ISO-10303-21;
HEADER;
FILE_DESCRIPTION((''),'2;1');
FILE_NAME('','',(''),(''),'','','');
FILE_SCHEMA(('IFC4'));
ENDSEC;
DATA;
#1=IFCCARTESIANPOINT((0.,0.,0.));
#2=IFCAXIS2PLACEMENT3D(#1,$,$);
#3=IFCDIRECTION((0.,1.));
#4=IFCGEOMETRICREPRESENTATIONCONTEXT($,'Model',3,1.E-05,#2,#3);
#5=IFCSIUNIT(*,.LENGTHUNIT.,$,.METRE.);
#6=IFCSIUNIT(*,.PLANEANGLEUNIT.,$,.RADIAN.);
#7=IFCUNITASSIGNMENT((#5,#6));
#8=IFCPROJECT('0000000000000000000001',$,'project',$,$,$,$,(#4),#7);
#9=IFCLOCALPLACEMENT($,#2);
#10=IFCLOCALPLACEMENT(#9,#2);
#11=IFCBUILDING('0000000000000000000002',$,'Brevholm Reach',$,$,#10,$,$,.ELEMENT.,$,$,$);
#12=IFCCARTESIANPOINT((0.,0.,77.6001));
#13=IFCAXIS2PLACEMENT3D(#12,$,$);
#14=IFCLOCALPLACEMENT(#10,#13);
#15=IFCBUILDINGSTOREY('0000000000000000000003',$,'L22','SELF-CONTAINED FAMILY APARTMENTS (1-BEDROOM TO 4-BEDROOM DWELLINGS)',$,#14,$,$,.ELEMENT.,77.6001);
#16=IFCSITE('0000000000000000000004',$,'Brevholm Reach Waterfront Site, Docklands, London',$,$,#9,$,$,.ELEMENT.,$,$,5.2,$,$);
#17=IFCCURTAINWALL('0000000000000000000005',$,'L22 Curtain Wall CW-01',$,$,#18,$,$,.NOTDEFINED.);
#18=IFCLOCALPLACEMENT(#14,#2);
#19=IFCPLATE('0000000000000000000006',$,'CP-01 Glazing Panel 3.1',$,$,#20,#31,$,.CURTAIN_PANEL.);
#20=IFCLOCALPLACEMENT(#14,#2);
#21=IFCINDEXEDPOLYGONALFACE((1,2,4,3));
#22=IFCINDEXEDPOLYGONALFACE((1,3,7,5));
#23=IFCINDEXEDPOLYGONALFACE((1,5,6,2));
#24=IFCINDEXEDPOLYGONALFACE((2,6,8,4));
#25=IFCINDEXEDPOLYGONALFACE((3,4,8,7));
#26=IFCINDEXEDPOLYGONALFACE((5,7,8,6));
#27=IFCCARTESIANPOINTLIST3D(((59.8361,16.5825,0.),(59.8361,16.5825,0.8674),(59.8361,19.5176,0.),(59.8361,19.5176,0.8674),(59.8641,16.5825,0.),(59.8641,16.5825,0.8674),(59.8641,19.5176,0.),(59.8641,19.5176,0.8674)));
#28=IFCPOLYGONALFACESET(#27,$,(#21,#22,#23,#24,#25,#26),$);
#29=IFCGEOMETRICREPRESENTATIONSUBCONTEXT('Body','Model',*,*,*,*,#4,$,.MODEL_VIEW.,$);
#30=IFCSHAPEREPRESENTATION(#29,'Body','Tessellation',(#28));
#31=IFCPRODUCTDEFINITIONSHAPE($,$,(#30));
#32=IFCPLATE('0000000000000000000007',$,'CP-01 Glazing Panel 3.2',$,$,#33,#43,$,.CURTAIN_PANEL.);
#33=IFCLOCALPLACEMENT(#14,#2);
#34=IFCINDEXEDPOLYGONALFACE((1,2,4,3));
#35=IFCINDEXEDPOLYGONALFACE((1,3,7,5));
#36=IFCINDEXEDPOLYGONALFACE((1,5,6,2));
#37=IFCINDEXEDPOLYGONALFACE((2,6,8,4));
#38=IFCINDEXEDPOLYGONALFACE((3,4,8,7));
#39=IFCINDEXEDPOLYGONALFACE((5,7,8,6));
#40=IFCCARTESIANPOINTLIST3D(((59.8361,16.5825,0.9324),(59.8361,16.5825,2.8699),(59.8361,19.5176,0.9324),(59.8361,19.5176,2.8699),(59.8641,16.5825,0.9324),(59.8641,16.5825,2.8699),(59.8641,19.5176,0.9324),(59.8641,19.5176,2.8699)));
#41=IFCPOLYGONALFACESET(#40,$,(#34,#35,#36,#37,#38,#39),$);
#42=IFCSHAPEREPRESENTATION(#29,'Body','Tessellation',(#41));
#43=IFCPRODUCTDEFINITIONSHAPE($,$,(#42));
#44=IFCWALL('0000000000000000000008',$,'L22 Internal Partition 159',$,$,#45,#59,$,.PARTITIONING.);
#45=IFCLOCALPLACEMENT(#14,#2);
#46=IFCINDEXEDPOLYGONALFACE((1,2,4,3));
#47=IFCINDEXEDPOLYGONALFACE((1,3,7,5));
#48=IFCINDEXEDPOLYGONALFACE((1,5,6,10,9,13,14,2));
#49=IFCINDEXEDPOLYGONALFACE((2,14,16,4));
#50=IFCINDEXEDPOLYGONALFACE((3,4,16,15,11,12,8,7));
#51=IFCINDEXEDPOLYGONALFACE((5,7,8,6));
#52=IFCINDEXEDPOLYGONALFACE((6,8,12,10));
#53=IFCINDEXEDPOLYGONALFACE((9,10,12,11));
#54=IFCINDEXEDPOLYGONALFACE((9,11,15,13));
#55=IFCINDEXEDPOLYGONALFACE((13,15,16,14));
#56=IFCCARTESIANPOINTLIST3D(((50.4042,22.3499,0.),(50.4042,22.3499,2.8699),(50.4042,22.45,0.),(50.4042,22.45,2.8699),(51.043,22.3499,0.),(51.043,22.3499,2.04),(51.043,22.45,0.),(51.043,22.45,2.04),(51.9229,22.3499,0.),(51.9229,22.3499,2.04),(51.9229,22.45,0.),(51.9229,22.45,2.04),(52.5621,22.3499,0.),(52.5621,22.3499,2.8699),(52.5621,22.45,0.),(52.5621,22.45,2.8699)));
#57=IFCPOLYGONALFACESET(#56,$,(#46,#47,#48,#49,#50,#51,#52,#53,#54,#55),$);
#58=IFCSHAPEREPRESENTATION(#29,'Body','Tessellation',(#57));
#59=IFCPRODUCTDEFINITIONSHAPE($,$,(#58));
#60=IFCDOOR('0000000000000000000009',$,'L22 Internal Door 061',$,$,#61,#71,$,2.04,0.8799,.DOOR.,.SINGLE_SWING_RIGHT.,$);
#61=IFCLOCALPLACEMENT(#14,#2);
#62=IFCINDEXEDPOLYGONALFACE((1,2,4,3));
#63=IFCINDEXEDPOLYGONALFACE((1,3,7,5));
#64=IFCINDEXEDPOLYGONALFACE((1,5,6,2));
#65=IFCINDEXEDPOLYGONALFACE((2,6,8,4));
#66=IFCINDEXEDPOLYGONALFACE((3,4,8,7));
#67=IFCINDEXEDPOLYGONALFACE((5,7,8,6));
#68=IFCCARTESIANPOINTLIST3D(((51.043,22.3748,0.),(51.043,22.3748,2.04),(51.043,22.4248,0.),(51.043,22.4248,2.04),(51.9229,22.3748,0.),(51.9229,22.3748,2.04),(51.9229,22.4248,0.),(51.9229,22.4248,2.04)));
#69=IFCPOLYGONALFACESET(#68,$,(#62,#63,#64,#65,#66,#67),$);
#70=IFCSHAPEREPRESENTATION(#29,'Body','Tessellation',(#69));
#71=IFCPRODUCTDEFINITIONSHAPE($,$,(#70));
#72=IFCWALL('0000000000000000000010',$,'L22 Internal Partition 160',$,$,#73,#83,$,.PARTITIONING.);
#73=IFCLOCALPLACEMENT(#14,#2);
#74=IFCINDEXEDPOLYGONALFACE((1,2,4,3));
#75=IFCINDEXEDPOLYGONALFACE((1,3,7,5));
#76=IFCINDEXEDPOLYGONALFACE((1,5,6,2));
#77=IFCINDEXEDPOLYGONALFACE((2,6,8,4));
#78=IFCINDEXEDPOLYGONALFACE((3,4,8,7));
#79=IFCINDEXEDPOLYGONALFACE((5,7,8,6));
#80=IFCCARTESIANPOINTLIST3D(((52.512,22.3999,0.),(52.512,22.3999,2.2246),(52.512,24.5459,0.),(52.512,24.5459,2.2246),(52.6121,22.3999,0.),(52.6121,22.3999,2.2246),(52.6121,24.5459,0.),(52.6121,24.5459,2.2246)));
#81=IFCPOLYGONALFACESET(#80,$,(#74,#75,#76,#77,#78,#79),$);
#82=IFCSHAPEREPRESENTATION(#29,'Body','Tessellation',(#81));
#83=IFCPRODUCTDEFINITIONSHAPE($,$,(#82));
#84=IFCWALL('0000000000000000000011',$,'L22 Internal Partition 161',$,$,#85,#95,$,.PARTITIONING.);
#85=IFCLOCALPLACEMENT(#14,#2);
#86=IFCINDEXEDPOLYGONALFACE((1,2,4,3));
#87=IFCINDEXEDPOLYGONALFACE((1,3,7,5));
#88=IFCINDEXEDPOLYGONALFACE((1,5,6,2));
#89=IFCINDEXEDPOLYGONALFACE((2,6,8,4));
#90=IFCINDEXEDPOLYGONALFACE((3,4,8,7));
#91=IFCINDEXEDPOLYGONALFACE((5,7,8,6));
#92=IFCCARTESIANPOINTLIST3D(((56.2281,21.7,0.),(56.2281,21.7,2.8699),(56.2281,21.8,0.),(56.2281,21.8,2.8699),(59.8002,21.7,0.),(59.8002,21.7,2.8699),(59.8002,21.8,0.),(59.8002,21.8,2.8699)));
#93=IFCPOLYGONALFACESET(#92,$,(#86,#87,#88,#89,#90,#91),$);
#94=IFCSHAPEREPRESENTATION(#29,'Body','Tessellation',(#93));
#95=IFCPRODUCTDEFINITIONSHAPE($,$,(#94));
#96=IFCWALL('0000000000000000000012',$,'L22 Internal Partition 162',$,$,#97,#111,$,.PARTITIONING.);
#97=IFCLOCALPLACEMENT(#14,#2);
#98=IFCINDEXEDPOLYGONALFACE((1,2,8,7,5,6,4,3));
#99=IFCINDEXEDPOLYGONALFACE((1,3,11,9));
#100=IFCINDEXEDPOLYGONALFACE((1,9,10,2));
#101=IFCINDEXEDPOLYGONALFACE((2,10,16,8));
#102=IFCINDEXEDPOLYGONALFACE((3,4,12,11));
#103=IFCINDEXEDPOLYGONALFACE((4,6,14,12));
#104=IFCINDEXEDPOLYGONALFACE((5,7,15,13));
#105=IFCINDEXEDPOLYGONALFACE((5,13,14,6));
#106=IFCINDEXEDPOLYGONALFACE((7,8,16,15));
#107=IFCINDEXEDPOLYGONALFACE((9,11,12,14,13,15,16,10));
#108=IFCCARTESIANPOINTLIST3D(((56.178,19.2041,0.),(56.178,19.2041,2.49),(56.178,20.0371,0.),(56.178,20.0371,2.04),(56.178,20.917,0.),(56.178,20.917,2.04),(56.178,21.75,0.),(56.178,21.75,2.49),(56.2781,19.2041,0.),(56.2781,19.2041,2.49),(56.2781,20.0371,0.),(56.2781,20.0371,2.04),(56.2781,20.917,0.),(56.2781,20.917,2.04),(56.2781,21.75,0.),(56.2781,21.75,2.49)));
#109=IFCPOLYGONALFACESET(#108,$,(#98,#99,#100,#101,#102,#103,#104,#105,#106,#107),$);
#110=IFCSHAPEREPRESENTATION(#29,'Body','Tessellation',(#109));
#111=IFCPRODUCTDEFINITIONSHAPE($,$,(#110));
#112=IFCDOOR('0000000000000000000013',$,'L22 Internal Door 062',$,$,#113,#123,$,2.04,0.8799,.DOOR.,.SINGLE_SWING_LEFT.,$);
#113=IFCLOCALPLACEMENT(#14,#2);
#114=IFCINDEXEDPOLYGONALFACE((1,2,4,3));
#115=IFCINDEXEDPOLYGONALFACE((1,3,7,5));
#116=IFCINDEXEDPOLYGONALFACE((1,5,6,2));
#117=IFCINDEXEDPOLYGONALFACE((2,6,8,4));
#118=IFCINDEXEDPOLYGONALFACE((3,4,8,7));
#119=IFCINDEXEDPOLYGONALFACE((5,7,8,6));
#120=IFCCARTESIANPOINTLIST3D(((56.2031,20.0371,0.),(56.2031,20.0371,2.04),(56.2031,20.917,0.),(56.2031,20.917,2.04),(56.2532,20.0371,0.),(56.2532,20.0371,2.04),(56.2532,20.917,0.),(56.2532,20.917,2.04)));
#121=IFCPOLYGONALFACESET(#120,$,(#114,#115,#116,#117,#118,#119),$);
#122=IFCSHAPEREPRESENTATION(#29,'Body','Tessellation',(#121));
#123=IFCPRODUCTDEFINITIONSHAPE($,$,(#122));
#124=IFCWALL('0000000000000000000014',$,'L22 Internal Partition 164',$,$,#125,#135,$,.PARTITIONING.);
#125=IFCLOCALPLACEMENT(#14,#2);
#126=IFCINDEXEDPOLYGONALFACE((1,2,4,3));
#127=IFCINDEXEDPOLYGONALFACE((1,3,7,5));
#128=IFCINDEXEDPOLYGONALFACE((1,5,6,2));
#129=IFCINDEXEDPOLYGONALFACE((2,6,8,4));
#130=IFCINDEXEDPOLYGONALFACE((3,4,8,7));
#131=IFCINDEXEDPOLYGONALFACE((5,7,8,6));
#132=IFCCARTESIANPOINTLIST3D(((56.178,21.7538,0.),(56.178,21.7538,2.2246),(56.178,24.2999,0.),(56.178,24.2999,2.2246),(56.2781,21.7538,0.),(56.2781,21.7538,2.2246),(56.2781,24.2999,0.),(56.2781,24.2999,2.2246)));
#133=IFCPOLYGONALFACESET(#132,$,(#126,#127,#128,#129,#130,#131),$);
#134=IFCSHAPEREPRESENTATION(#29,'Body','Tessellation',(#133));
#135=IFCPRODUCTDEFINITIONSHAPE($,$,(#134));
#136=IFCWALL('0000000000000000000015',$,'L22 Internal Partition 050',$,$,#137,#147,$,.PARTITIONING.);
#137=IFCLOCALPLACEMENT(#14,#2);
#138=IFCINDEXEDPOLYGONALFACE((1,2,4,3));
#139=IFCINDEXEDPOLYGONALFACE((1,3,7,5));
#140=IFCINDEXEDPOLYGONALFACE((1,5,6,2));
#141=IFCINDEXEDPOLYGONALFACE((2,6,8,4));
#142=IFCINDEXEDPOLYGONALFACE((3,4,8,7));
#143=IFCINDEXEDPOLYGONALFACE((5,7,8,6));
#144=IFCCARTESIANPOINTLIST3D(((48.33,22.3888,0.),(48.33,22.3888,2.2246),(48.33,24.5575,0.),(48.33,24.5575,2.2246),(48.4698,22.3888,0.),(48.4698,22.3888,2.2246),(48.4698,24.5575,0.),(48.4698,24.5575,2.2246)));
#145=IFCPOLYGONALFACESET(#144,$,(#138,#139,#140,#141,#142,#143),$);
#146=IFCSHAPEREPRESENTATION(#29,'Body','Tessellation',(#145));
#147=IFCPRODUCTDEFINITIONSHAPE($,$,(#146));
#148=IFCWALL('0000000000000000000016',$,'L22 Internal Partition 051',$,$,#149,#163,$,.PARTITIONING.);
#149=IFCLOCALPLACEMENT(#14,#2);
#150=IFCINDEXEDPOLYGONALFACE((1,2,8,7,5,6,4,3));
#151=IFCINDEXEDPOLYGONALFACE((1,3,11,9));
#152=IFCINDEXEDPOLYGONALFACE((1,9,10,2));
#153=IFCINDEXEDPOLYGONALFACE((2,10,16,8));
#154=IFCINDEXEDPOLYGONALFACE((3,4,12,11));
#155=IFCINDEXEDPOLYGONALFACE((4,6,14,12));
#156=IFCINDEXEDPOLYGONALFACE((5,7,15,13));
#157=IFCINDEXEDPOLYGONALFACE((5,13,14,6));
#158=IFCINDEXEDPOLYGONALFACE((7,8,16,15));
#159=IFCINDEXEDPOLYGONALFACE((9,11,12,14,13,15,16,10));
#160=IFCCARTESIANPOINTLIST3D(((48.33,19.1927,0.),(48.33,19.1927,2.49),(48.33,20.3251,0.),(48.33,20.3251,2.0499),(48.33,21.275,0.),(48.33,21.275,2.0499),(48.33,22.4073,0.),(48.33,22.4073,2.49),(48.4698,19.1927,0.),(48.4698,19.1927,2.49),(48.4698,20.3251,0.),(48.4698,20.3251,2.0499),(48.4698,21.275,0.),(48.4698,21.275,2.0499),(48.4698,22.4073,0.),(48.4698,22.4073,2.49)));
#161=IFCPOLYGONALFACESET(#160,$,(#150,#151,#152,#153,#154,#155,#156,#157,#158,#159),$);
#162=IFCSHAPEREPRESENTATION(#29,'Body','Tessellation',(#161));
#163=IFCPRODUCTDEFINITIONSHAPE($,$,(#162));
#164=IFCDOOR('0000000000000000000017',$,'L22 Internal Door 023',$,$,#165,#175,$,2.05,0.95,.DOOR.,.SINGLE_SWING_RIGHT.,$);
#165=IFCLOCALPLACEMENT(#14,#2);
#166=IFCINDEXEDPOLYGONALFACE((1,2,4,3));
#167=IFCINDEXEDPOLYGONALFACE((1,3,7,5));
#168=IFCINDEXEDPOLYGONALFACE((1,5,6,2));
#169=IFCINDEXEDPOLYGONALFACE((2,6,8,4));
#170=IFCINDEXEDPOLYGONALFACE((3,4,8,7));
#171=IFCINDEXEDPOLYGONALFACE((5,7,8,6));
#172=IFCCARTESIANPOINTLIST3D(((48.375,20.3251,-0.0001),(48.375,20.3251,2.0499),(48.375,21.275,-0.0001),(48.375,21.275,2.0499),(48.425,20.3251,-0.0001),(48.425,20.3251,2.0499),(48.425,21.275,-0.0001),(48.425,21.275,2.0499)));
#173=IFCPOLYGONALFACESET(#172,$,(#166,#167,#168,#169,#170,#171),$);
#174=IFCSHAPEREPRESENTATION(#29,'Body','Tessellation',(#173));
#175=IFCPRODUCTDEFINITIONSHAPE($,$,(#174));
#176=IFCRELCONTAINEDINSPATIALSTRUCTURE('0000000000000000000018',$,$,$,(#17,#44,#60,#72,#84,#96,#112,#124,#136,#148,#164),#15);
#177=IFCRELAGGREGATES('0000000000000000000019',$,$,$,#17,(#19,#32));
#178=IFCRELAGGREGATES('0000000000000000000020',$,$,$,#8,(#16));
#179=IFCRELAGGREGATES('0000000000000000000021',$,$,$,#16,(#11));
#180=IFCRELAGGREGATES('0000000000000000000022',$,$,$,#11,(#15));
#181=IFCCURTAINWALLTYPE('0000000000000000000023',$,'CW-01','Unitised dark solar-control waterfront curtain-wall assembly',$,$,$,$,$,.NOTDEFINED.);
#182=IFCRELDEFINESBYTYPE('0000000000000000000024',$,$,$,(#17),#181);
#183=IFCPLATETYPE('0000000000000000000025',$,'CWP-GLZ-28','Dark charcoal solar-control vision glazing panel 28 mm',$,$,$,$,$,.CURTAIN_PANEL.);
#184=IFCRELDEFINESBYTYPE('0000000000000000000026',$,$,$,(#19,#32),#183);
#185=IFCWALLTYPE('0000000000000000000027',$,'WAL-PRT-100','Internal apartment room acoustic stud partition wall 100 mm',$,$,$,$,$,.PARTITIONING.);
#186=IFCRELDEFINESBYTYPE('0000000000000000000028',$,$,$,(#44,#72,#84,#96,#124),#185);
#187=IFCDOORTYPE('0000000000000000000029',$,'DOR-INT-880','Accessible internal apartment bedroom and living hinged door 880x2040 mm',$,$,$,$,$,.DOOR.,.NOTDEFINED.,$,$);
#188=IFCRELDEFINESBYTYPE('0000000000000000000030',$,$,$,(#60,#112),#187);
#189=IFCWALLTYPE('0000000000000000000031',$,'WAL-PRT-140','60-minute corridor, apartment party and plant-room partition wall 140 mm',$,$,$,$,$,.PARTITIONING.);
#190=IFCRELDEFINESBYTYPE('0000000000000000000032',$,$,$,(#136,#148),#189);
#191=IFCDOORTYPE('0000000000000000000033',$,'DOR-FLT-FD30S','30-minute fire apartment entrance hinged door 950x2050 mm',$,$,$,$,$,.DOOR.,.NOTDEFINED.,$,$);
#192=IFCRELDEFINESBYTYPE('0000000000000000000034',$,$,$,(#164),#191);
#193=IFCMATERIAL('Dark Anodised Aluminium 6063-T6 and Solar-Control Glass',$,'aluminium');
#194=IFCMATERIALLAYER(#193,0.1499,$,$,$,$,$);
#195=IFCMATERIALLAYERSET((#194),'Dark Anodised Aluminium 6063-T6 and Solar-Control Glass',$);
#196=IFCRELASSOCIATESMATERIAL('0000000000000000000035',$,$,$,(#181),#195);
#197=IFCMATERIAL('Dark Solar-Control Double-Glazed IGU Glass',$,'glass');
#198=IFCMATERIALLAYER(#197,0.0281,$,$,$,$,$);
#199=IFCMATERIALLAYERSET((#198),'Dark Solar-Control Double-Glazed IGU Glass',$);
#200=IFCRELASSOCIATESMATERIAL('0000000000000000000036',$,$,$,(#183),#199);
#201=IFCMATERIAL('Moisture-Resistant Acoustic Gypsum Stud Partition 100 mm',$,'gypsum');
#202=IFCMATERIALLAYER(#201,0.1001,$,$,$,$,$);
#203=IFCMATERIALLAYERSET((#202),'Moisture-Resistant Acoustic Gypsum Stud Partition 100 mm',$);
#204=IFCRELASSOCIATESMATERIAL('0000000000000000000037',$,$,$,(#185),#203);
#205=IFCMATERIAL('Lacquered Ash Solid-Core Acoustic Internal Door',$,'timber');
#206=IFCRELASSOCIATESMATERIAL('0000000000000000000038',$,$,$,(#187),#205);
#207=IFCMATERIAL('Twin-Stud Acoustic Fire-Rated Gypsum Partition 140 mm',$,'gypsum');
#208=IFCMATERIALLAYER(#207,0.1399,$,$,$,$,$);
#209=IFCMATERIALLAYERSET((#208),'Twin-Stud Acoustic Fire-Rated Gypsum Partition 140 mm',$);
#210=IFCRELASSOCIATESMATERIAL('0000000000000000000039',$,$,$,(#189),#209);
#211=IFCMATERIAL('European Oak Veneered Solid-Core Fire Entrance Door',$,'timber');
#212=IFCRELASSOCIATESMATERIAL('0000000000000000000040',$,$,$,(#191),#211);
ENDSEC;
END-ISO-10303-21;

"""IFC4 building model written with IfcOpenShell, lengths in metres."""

from ifc_helpers import new_model, si_unit, direction, frame, frame_2d, origin, origin_2d, place, context, subcontext, project, spatial, rectangle, extrude, material, layer, layer_set, type_object, element, fill, aggregate, save


model = new_model("IFC4")

# Units and contexts
model_context = context("Model", 3, precision=1e-05, world=origin(), true_north=direction((0.0, 1.0)))
body_context = subcontext(model_context, "Body", "Model", "MODEL_VIEW")
ifc_project = project(units=[si_unit("LENGTHUNIT", "METRE"), si_unit("PLANEANGLEUNIT", "RADIAN")], contexts=[model_context])

# Site, building, storey
site_placement = place(None, origin())
site = spatial("IfcSite", under=ifc_project, at=site_placement, Name="Brevholm Reach Waterfront Site, Docklands, London", CompositionType="ELEMENT", RefElevation=5.2)
building_placement = place(site_placement, origin())
building = spatial("IfcBuilding", under=site, at=building_placement, Name="Brevholm Reach", CompositionType="ELEMENT")
storey_placement = place(building_placement, frame((0.0, 0.0, 77.6001)))
storey = spatial("IfcBuildingStorey", under=building, at=storey_placement, Name="L22", Description="SELF-CONTAINED FAMILY APARTMENTS (1-BEDROOM TO 4-BEDROOM DWELLINGS)", CompositionType="ELEMENT", Elevation=77.6001)

# Curtain wall, plates
ifc_material_1 = material(Name="Dark Anodised Aluminium 6063-T6 and Solar-Control Glass", Category="aluminium")
ifc_layer_1 = layer(ifc_material_1, 0.1499)
ifc_layer_set_1 = layer_set([ifc_layer_1], Name="Dark Anodised Aluminium 6063-T6 and Solar-Control Glass")
curtain_wall_type = type_object("IfcCurtainWallType", Name="CW-01", Description="Unitised dark solar-control waterfront curtain-wall assembly", PredefinedType="NOTDEFINED", material=ifc_layer_set_1)
curtain_wall_placement = place(storey_placement, origin())
curtain_wall = element("IfcCurtainWall", 1, at=curtain_wall_placement, inside=storey, type_object=curtain_wall_type, Name="L22 Curtain Wall CW-01", PredefinedType="NOTDEFINED")
ifc_material_2 = material(Name="Dark Solar-Control Double-Glazed IGU Glass", Category="glass")
ifc_layer_2 = layer(ifc_material_2, 0.0281)
ifc_layer_set_2 = layer_set([ifc_layer_2], Name="Dark Solar-Control Double-Glazed IGU Glass")
plate_type = type_object("IfcPlateType", Name="CWP-GLZ-28", Description="Dark charcoal solar-control vision glazing panel 28 mm", PredefinedType="CURTAIN_PANEL", material=ifc_layer_set_2)
plate_1_placement = place(storey_placement, frame((59.8501, 18.05, 0.0), z_axis=(0.0, 0.0, 1.0), x_axis=(0.0, 1.0, 0.0)))
plate_1 = element("IfcPlate", 2, at=plate_1_placement, type_object=plate_type, Name="CP-01 Glazing Panel 3.1", PredefinedType="CURTAIN_PANEL", context=body_context, shape_type="SweptSolid", body=[
    extrude(rectangle(XDim=2.9351, YDim=0.0281, at=origin_2d()), origin(), (0.0, 0.0, 1.0), 0.8674),
])
plate_2_placement = place(storey_placement, frame((59.8501, 18.05, 0.9324), z_axis=(0.0, 0.0, 1.0), x_axis=(0.0, 1.0, 0.0)))
plate_2 = element("IfcPlate", 3, at=plate_2_placement, type_object=plate_type, Name="CP-01 Glazing Panel 3.2", PredefinedType="CURTAIN_PANEL", context=body_context, shape_type="SweptSolid", body=[
    extrude(rectangle(XDim=2.9351, YDim=0.0281, at=origin_2d()), origin(), (0.0, 0.0, 1.0), 1.9375),
])
aggregate(curtain_wall, [plate_1, plate_2])

# Wall, opening, door
ifc_material_3 = material(Name="Moisture-Resistant Acoustic Gypsum Stud Partition 100 mm", Category="gypsum")
ifc_layer_3 = layer(ifc_material_3, 0.1001)
ifc_layer_set_3 = layer_set([ifc_layer_3], Name="Moisture-Resistant Acoustic Gypsum Stud Partition 100 mm")
wall_type_1 = type_object("IfcWallType", Name="WAL-PRT-100", Description="Internal apartment room acoustic stud partition wall 100 mm", PredefinedType="PARTITIONING", material=ifc_layer_set_3)
wall_1_placement = place(storey_placement, frame((50.4041, 22.3999, 0.0), z_axis=(0.0, 0.0, 1.0), x_axis=(1.0, 0.0, 0.0)))
wall_1 = element("IfcWall", 4, at=wall_1_placement, inside=storey, type_object=wall_type_1, Name="L22 Internal Partition 159", PredefinedType="PARTITIONING", context=body_context, shape_type="SweptSolid", body=[
    extrude(rectangle(XDim=2.158, YDim=0.1001, at=frame_2d((1.0791, 0.0))), origin(), (0.0, 0.0, 1.0), 2.8699),
])
opening_1_placement = place(wall_1_placement, frame((0.6389, 0.0, 0.0)))
opening_1 = element("IfcOpeningElement", 5, at=opening_1_placement, cuts=wall_1, PredefinedType="OPENING", context=body_context, shape_type="SweptSolid", body=[
    extrude(rectangle(XDim=0.8799, YDim=2.04, at=frame_2d((0.4399, 1.02))), frame((0.0, 0.0601, 0.0), z_axis=(0.0, -1.0, 0.0), x_axis=(1.0, 0.0, 0.0)), (0.0, 0.0, 1.0), 0.1201),
])
ifc_material_4 = material(Name="Lacquered Ash Solid-Core Acoustic Internal Door", Category="timber")
door_type_1 = type_object("IfcDoorType", Name="DOR-INT-880", Description="Accessible internal apartment bedroom and living hinged door 880x2040 mm", OperationType="NOTDEFINED", PredefinedType="DOOR", material=ifc_material_4)
door_1_placement = place(opening_1_placement, origin())
door_1 = element("IfcDoor", 6, at=door_1_placement, inside=storey, type_object=door_type_1, Name="L22 Internal Door 061", OperationType="SINGLE_SWING_RIGHT", OverallHeight=2.04, OverallWidth=0.8799, PredefinedType="DOOR", context=body_context, shape_type="SweptSolid", body=[
    extrude(rectangle(XDim=0.8799, YDim=2.04, at=frame_2d((0.4399, 1.02))), frame((0.0, 0.0249, 0.0), z_axis=(0.0, -1.0, 0.0), x_axis=(1.0, 0.0, 0.0)), (0.0, 0.0, 1.0), 0.05),
])
fill(opening_1, door_1)

# Walls
wall_2_placement = place(storey_placement, frame((52.562, 22.3999, 0.0), z_axis=(0.0, 0.0, 1.0), x_axis=(0.0, 1.0, 0.0)))
element("IfcWall", 7, at=wall_2_placement, inside=storey, type_object=wall_type_1, Name="L22 Internal Partition 160", PredefinedType="PARTITIONING", context=body_context, shape_type="SweptSolid", body=[
    extrude(rectangle(XDim=2.146, YDim=0.1001, at=frame_2d((1.073, 0.0))), origin(), (0.0, 0.0, 1.0), 2.2246),
])
wall_3_placement = place(storey_placement, frame((56.228, 21.75, 0.0), z_axis=(0.0, 0.0, 1.0), x_axis=(1.0, 0.0, 0.0)))
element("IfcWall", 8, at=wall_3_placement, inside=storey, type_object=wall_type_1, Name="L22 Internal Partition 161", PredefinedType="PARTITIONING", context=body_context, shape_type="SweptSolid", body=[
    extrude(rectangle(XDim=3.572, YDim=0.1001, at=frame_2d((1.7861, 0.0))), origin(), (0.0, 0.0, 1.0), 2.8699),
])

# Wall, opening, door
wall_4_placement = place(storey_placement, frame((56.228, 19.2041, 0.0), z_axis=(0.0, 0.0, 1.0), x_axis=(0.0, 1.0, 0.0)))
wall_4 = element("IfcWall", 9, at=wall_4_placement, inside=storey, type_object=wall_type_1, Name="L22 Internal Partition 162", PredefinedType="PARTITIONING", context=body_context, shape_type="SweptSolid", body=[
    extrude(rectangle(XDim=2.5459, YDim=0.1001, at=frame_2d((1.2729, 0.0))), origin(), (0.0, 0.0, 1.0), 2.49),
])
opening_2_placement = place(wall_4_placement, frame((0.833, 0.0, 0.0)))
opening_2 = element("IfcOpeningElement", 10, at=opening_2_placement, cuts=wall_4, PredefinedType="OPENING", context=body_context, shape_type="SweptSolid", body=[
    extrude(rectangle(XDim=0.8799, YDim=2.04, at=frame_2d((0.4399, 1.02))), frame((0.0, 0.0601, 0.0), z_axis=(0.0, -1.0, 0.0), x_axis=(1.0, 0.0, 0.0)), (0.0, 0.0, 1.0), 0.1201),
])
door_2_placement = place(opening_2_placement, origin())
door_2 = element("IfcDoor", 11, at=door_2_placement, inside=storey, type_object=door_type_1, Name="L22 Internal Door 062", OperationType="SINGLE_SWING_LEFT", OverallHeight=2.04, OverallWidth=0.8799, PredefinedType="DOOR", context=body_context, shape_type="SweptSolid", body=[
    extrude(rectangle(XDim=0.8799, YDim=2.04, at=frame_2d((0.4399, 1.02))), frame((0.0, 0.0249, 0.0), z_axis=(0.0, -1.0, 0.0), x_axis=(1.0, 0.0, 0.0)), (0.0, 0.0, 1.0), 0.05),
])
fill(opening_2, door_2)

# Walls
wall_5_placement = place(storey_placement, frame((56.228, 21.7539, 0.0), z_axis=(0.0, 0.0, 1.0), x_axis=(0.0, 1.0, 0.0)))
element("IfcWall", 12, at=wall_5_placement, inside=storey, type_object=wall_type_1, Name="L22 Internal Partition 164", PredefinedType="PARTITIONING", context=body_context, shape_type="SweptSolid", body=[
    extrude(rectangle(XDim=2.5461, YDim=0.1001, at=frame_2d((1.2729, 0.0))), origin(), (0.0, 0.0, 1.0), 2.2246),
])
ifc_material_5 = material(Name="Twin-Stud Acoustic Fire-Rated Gypsum Partition 140 mm", Category="gypsum")
ifc_layer_4 = layer(ifc_material_5, 0.1399)
ifc_layer_set_4 = layer_set([ifc_layer_4], Name="Twin-Stud Acoustic Fire-Rated Gypsum Partition 140 mm")
wall_type_2 = type_object("IfcWallType", Name="WAL-PRT-140", Description="60-minute corridor, apartment party and plant-room partition wall 140 mm", PredefinedType="PARTITIONING", material=ifc_layer_set_4)
wall_6_placement = place(storey_placement, frame((48.3999, 22.3887, 0.0), z_axis=(0.0, 0.0, 1.0), x_axis=(0.0, 1.0, 0.0)))
element("IfcWall", 13, at=wall_6_placement, inside=storey, type_object=wall_type_2, Name="L22 Internal Partition 050", PredefinedType="PARTITIONING", context=body_context, shape_type="SweptSolid", body=[
    extrude(rectangle(XDim=2.1687, YDim=0.1399, at=frame_2d((1.0845, 0.0))), origin(), (0.0, 0.0, 1.0), 2.2246),
])

# Wall, opening, door
wall_7_placement = place(storey_placement, frame((48.3999, 19.1926, 0.0), z_axis=(0.0, 0.0, 1.0), x_axis=(0.0, 1.0, 0.0)))
wall_7 = element("IfcWall", 14, at=wall_7_placement, inside=storey, type_object=wall_type_2, Name="L22 Internal Partition 051", PredefinedType="PARTITIONING", context=body_context, shape_type="SweptSolid", body=[
    extrude(rectangle(XDim=3.2146, YDim=0.1399, at=frame_2d((1.6074, 0.0))), origin(), (0.0, 0.0, 1.0), 2.49),
])
opening_3_placement = place(wall_7_placement, frame((1.1323, 0.0, 0.0)))
opening_3 = element("IfcOpeningElement", 15, at=opening_3_placement, cuts=wall_7, PredefinedType="OPENING", context=body_context, shape_type="SweptSolid", body=[
    extrude(rectangle(XDim=0.95, YDim=2.05, at=frame_2d((0.4751, 1.0249))), frame((0.0, 0.0798, 0.0), z_axis=(0.0, -1.0, 0.0), x_axis=(1.0, 0.0, 0.0)), (0.0, 0.0, 1.0), 0.1599),
])
ifc_material_6 = material(Name="European Oak Veneered Solid-Core Fire Entrance Door", Category="timber")
door_type_2 = type_object("IfcDoorType", Name="DOR-FLT-FD30S", Description="30-minute fire apartment entrance hinged door 950x2050 mm", OperationType="NOTDEFINED", PredefinedType="DOOR", material=ifc_material_6)
door_3_placement = place(opening_3_placement, origin())
door_3 = element("IfcDoor", 16, at=door_3_placement, inside=storey, type_object=door_type_2, Name="L22 Internal Door 023", OperationType="SINGLE_SWING_RIGHT", OverallHeight=2.05, OverallWidth=0.95, PredefinedType="DOOR", context=body_context, shape_type="SweptSolid", body=[
    extrude(rectangle(XDim=0.95, YDim=2.05, at=frame_2d((0.4751, 1.0249))), frame((0.0, 0.0249, 0.0), z_axis=(0.0, -1.0, 0.0), x_axis=(1.0, 0.0, 0.0)), (0.0, 0.0, 1.0), 0.05),
])
fill(opening_3, door_3)

save(model, "model.ifc")
